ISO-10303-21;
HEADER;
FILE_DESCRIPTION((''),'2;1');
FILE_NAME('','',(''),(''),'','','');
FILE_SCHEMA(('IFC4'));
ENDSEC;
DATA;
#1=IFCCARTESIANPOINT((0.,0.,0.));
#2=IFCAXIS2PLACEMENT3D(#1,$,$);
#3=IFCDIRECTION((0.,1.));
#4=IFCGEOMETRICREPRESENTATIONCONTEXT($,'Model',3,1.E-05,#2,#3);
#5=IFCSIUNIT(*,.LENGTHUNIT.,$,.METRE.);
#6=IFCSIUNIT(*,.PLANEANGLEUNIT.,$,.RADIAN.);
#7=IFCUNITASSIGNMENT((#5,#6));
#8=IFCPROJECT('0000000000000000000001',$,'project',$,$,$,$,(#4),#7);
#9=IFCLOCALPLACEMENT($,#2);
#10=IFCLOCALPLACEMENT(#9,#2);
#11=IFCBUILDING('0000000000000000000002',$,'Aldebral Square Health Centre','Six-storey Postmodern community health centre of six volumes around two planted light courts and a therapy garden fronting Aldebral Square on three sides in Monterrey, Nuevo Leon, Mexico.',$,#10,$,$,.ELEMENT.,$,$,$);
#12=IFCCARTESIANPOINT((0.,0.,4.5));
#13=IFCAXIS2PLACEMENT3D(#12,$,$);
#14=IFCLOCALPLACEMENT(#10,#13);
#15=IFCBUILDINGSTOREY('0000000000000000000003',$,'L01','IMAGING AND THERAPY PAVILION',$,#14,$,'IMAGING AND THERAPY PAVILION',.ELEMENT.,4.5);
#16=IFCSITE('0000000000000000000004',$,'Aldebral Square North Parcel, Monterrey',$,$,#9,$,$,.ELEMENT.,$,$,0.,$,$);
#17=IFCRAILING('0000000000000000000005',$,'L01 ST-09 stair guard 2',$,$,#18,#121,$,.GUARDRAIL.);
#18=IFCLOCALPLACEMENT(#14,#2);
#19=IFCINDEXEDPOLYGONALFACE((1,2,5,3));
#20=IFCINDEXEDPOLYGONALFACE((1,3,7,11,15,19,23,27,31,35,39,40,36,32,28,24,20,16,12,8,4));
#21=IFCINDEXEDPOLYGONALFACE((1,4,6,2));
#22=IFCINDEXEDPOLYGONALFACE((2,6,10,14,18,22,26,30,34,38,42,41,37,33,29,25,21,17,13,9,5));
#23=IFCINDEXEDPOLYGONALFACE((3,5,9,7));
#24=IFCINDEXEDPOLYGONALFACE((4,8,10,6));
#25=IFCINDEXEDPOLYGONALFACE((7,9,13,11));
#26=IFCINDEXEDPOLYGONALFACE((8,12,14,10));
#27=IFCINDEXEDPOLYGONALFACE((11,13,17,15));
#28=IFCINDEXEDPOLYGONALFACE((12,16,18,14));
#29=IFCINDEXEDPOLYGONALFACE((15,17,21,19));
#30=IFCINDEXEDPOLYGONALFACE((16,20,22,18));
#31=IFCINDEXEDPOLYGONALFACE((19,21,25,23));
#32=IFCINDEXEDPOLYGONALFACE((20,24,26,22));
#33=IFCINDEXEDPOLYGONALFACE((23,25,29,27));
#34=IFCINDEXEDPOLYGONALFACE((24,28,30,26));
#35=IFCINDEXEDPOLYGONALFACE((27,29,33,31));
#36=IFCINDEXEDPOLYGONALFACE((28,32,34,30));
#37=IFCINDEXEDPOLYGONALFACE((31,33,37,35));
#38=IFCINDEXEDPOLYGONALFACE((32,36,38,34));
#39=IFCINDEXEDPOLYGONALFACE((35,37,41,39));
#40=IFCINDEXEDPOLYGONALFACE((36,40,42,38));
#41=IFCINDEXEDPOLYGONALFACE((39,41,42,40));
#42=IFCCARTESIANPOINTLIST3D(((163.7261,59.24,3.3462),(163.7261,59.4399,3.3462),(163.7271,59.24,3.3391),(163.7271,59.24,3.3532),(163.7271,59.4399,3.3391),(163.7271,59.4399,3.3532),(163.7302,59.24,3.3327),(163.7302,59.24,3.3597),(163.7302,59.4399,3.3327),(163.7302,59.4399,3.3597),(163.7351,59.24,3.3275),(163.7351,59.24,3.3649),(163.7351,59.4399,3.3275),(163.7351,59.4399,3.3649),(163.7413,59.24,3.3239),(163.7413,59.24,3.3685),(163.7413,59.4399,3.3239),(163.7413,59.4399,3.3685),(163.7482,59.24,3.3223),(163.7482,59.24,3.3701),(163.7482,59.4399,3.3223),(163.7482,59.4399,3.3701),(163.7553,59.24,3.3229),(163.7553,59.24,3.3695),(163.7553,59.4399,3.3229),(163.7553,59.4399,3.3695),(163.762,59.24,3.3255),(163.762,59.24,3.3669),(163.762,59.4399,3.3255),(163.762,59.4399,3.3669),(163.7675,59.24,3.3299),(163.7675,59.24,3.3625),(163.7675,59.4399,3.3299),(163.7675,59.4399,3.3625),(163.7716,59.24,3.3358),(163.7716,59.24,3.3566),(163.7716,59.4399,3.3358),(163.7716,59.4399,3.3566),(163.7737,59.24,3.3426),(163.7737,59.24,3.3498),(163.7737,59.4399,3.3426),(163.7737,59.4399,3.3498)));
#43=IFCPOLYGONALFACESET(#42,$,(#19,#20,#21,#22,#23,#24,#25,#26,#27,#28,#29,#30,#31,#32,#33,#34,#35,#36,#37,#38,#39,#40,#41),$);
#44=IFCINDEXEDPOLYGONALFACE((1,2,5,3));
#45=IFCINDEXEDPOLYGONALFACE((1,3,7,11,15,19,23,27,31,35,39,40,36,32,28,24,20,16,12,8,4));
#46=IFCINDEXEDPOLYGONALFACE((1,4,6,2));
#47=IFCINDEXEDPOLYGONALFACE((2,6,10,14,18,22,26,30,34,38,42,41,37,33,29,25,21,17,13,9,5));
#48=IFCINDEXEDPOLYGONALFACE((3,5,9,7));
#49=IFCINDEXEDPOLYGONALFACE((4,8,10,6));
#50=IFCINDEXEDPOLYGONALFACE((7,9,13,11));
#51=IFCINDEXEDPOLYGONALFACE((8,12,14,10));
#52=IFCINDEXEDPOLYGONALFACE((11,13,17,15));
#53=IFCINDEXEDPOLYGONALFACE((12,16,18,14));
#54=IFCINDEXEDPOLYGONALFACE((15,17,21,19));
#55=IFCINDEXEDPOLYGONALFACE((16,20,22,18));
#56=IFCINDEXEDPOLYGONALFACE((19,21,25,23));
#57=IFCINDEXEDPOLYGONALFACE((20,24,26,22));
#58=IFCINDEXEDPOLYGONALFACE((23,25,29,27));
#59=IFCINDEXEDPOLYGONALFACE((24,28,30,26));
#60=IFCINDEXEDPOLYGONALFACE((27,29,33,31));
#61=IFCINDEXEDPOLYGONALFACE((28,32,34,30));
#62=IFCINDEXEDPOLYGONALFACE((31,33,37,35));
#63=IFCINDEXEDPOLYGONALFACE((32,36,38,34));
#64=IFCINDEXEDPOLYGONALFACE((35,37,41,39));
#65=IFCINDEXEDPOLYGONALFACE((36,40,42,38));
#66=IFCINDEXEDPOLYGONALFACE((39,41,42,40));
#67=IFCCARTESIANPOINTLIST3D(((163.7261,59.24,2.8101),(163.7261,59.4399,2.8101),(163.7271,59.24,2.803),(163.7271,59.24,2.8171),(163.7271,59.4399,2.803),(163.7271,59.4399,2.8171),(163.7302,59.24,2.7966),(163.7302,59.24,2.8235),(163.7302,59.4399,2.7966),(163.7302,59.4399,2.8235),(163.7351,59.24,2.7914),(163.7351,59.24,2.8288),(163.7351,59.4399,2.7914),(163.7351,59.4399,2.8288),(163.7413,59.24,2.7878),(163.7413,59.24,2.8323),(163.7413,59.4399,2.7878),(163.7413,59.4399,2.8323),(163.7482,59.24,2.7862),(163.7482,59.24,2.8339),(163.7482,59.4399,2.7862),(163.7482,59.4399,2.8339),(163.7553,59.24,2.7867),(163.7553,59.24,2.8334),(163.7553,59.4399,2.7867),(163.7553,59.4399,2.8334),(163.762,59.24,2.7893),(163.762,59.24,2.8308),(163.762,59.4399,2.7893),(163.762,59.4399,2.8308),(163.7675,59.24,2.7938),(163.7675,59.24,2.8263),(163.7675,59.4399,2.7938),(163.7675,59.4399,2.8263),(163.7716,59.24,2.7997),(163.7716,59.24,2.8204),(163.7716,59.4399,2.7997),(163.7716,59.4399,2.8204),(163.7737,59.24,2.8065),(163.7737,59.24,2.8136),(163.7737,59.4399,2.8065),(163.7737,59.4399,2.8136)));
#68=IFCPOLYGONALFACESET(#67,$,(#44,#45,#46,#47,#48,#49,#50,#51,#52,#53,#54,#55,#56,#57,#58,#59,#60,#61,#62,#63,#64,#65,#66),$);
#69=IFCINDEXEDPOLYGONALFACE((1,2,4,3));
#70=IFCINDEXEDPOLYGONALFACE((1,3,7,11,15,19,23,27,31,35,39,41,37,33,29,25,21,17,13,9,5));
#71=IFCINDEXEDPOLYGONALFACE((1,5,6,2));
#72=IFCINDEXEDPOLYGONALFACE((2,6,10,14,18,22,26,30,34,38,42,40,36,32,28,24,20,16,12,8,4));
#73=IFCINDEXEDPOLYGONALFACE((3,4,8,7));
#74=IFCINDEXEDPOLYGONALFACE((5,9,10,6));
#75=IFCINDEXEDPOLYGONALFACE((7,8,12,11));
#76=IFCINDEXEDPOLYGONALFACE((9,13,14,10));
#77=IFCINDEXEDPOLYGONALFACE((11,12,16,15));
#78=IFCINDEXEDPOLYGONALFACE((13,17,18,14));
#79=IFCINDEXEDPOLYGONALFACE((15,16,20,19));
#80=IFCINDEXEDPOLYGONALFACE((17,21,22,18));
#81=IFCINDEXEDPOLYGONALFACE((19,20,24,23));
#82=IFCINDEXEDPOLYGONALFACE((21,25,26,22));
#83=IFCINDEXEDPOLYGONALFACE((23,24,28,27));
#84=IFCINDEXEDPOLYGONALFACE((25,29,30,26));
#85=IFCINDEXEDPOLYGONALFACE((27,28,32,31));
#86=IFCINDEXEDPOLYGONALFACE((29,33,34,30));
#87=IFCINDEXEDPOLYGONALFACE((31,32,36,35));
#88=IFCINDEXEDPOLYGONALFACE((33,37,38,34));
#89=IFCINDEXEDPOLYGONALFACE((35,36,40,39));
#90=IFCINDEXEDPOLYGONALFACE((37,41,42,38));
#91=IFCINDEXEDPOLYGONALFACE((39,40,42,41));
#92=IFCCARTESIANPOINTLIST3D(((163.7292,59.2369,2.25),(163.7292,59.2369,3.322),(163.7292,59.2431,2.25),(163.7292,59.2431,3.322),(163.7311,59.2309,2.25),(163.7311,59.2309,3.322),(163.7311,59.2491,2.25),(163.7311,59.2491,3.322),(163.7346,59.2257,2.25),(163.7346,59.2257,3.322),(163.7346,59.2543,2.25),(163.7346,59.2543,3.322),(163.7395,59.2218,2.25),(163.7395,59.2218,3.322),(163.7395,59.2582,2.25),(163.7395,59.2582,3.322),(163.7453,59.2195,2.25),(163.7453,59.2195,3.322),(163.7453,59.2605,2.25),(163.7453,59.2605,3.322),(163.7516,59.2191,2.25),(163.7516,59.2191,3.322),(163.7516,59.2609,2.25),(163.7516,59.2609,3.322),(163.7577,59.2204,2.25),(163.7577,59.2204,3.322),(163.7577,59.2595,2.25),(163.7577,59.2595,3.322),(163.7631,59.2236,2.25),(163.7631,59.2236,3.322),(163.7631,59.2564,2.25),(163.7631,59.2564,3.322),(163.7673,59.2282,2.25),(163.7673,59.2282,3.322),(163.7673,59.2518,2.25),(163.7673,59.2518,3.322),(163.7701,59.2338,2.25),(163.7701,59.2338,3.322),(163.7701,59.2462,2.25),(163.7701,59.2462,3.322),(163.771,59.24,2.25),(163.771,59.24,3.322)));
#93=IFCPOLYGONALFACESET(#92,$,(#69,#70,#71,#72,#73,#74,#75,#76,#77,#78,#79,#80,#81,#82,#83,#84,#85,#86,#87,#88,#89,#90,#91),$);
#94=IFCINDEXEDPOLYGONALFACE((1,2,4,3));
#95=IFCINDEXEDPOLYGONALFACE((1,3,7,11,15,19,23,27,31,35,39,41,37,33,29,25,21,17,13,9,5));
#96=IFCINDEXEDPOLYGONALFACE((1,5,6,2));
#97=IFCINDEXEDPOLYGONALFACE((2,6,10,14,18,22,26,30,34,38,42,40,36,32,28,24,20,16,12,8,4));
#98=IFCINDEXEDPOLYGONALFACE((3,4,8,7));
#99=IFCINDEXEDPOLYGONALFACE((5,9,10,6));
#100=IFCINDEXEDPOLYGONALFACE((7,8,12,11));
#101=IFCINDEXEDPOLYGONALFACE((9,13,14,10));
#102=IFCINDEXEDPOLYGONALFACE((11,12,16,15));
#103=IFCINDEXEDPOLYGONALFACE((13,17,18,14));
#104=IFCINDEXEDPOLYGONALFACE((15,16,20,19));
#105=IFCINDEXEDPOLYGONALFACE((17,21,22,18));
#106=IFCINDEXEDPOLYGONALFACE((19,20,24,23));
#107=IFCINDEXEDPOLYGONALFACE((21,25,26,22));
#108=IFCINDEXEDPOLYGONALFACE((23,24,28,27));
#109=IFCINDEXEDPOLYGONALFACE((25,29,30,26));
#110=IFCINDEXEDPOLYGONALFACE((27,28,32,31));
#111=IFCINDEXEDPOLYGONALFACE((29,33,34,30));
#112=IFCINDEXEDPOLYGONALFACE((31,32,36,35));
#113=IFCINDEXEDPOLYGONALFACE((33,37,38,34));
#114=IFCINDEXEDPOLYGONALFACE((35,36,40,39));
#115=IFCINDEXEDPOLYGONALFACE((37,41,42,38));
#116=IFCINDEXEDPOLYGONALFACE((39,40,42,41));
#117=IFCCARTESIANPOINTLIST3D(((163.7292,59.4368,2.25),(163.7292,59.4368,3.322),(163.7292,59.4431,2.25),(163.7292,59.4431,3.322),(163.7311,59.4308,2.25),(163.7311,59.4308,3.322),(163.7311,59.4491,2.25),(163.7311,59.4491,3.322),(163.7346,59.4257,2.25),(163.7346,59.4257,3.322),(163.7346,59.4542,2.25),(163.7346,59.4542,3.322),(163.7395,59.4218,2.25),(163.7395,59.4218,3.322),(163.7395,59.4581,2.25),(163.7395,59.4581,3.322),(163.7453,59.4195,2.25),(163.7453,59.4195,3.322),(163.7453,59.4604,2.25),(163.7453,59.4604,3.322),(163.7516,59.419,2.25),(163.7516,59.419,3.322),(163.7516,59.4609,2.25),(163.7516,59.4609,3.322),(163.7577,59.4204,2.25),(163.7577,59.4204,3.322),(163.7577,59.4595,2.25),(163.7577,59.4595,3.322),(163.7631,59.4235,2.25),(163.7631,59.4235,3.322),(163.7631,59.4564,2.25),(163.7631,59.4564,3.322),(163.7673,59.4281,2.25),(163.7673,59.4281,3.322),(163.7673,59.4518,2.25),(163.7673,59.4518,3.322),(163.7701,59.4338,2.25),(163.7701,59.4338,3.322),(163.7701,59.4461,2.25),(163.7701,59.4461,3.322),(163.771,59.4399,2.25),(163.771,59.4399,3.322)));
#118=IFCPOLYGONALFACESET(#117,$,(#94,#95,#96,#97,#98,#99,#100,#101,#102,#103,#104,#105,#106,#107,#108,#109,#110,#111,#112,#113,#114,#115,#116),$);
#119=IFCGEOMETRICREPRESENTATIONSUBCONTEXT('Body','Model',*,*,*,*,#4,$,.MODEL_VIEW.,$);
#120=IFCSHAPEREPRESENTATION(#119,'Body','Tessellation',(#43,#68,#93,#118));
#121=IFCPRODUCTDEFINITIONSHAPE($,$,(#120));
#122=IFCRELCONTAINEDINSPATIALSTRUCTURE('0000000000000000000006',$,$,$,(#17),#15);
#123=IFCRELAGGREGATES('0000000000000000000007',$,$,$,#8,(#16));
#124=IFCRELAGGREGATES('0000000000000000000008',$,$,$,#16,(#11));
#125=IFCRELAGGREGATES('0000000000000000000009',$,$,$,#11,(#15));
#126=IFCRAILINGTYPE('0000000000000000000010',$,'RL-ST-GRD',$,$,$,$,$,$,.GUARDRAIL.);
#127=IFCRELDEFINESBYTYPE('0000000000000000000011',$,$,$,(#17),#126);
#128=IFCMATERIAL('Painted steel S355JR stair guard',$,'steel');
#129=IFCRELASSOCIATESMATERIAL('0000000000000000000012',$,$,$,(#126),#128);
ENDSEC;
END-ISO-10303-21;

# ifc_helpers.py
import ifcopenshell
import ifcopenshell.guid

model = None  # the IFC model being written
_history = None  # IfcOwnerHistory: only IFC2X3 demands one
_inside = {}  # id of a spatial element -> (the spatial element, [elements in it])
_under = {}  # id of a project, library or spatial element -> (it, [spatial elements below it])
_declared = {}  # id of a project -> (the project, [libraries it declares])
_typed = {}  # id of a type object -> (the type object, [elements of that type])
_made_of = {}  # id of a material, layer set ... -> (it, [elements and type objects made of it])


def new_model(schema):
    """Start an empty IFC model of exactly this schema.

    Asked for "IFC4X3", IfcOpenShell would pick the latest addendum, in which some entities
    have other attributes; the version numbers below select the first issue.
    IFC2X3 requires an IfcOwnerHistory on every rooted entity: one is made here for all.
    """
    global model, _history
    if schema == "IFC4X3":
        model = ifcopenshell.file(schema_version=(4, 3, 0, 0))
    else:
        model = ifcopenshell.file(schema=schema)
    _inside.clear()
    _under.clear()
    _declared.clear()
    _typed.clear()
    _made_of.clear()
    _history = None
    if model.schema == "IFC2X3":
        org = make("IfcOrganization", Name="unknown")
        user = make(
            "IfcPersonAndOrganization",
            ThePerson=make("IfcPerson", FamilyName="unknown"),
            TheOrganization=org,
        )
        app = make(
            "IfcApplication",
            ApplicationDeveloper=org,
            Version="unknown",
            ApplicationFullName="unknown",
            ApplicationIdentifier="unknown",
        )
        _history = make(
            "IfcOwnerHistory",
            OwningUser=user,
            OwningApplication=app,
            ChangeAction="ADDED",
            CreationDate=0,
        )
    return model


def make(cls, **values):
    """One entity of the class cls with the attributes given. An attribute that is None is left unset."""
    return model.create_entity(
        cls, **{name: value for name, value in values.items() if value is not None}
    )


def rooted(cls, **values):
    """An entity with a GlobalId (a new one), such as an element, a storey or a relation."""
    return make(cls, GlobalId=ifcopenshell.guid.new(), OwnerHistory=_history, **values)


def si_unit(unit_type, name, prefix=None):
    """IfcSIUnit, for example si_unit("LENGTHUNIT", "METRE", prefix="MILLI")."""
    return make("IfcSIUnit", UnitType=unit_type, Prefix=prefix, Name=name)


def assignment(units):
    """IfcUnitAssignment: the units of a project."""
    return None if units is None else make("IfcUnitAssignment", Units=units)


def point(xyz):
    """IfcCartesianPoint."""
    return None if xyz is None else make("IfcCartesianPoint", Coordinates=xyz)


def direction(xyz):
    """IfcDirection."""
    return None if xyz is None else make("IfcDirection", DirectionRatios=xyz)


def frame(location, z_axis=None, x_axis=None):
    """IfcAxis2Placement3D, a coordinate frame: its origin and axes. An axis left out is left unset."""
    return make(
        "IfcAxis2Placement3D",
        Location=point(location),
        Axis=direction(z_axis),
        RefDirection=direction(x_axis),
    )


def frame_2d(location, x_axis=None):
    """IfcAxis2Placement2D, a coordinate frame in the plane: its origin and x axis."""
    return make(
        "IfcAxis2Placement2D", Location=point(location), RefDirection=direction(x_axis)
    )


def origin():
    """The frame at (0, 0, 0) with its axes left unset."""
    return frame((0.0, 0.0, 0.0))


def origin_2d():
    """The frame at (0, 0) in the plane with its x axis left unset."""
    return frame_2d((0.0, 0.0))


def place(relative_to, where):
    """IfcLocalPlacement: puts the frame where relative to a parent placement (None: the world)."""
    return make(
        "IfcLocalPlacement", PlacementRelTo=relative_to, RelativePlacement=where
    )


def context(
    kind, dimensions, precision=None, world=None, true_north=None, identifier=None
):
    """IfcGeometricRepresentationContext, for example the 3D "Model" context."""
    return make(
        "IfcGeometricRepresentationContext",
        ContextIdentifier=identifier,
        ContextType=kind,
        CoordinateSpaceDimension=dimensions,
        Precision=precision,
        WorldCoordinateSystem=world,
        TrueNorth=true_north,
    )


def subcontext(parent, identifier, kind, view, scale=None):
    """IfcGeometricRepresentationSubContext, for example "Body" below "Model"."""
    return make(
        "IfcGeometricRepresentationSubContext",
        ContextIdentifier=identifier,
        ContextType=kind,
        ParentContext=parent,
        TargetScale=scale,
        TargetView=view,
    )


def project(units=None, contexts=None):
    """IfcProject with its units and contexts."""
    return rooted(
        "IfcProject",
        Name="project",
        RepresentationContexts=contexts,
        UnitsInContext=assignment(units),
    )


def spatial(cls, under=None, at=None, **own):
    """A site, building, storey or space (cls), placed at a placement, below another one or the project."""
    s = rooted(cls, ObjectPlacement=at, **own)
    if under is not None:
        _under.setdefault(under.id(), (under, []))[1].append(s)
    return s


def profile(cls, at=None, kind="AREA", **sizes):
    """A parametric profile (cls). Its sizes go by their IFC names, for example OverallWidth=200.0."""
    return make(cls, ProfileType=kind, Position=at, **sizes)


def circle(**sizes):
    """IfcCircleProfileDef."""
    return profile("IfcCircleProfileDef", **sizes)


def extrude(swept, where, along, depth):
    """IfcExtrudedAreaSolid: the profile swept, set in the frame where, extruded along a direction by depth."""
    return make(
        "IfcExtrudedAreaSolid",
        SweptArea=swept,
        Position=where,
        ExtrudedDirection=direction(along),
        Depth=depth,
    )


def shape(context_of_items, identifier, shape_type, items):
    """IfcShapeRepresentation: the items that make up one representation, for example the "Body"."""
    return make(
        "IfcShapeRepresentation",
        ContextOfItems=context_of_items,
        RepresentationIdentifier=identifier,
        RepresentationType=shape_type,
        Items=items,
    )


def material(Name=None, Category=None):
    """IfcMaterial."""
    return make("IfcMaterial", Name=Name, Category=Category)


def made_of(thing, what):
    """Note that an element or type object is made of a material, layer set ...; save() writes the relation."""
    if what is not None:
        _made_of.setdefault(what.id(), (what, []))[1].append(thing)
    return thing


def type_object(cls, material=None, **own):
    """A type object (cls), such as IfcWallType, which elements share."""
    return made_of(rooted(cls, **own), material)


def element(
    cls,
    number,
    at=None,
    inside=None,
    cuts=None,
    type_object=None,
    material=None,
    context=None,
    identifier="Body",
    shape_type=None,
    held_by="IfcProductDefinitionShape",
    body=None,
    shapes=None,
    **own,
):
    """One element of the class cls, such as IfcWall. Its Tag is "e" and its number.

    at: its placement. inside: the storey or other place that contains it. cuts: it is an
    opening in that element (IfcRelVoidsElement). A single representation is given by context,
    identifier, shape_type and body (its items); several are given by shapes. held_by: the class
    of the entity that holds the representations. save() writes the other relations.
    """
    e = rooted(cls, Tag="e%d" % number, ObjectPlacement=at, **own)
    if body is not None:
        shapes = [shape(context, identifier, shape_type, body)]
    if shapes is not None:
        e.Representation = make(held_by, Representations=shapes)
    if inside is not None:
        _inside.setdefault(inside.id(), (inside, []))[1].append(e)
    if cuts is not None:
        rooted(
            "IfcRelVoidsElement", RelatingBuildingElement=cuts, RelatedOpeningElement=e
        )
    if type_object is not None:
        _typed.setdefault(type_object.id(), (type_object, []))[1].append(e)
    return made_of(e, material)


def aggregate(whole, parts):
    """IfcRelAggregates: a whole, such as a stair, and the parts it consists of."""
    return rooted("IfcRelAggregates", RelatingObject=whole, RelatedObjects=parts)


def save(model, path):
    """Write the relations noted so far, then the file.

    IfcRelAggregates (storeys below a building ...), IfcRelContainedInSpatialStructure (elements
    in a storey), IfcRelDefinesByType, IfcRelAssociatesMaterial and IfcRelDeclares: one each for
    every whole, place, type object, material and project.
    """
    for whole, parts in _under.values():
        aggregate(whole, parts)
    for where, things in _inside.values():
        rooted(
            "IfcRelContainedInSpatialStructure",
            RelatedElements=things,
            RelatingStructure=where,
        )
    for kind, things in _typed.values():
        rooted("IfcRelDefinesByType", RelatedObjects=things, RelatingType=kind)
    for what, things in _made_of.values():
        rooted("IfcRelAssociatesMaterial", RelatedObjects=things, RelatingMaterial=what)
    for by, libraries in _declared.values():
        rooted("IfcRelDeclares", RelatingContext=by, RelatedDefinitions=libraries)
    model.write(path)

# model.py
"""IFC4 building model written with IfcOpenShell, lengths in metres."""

from ifc_helpers import new_model, si_unit, direction, frame, origin, origin_2d, place, context, subcontext, project, spatial, circle, extrude, material, type_object, element, save


model = new_model("IFC4")

# Units and contexts
model_context = context("Model", 3, precision=1e-05, world=origin(), true_north=direction((0.0, 1.0)))
body_context = subcontext(model_context, "Body", "Model", "MODEL_VIEW")
ifc_project = project(units=[si_unit("LENGTHUNIT", "METRE"), si_unit("PLANEANGLEUNIT", "RADIAN")], contexts=[model_context])

# Site, building, storey
site_placement = place(None, origin())
site = spatial("IfcSite", under=ifc_project, at=site_placement, Name="Aldebral Square North Parcel, Monterrey", CompositionType="ELEMENT", RefElevation=0.0)
building_placement = place(site_placement, origin())
building = spatial("IfcBuilding", under=site, at=building_placement, Name="Aldebral Square Health Centre", Description="Six-storey Postmodern community health centre of six volumes around two planted light courts and a therapy garden fronting Aldebral Square on three sides in Monterrey, Nuevo Leon, Mexico.", CompositionType="ELEMENT")
storey_placement = place(building_placement, frame((0.0, 0.0, 4.5)))
storey = spatial("IfcBuildingStorey", under=building, at=storey_placement, Name="L01", Description="IMAGING AND THERAPY PAVILION", LongName="IMAGING AND THERAPY PAVILION", CompositionType="ELEMENT", Elevation=4.5)

# Railing
ifc_material_1 = material(Name="Painted steel S355JR stair guard", Category="steel")
railing_type_1 = type_object("IfcRailingType", Name="RL-ST-GRD", PredefinedType="GUARDRAIL", material=ifc_material_1)
railing_1_placement = place(storey_placement, frame((163.75, 59.24, 2.25)))
element("IfcRailing", 1, at=railing_1_placement, inside=storey, type_object=railing_type_1, Name="L01 ST-09 stair guard 2", PredefinedType="GUARDRAIL", context=body_context, shape_type="SweptSolid", body=[
    extrude(circle(Radius=0.0239, at=origin_2d()), frame((0.0, 0.0, 1.0962), z_axis=(0.0, 1.0, 0.0), x_axis=(-1.0, 0.0, 0.0)), (0.0, 0.0, 1.0), 0.2),
    extrude(circle(Radius=0.0239, at=origin_2d()), frame((0.0, 0.0, 0.5601), z_axis=(0.0, 1.0, 0.0), x_axis=(-1.0, 0.0, 0.0)), (0.0, 0.0, 1.0), 0.2),
    extrude(circle(Radius=0.021, at=origin_2d()), origin(), (0.0, 0.0, 1.0), 1.072),
    extrude(circle(Radius=0.021, at=origin_2d()), frame((0.0, 0.2, 0.0)), (0.0, 0.0, 1.0), 1.072),
])

save(model, "model.ifc")
